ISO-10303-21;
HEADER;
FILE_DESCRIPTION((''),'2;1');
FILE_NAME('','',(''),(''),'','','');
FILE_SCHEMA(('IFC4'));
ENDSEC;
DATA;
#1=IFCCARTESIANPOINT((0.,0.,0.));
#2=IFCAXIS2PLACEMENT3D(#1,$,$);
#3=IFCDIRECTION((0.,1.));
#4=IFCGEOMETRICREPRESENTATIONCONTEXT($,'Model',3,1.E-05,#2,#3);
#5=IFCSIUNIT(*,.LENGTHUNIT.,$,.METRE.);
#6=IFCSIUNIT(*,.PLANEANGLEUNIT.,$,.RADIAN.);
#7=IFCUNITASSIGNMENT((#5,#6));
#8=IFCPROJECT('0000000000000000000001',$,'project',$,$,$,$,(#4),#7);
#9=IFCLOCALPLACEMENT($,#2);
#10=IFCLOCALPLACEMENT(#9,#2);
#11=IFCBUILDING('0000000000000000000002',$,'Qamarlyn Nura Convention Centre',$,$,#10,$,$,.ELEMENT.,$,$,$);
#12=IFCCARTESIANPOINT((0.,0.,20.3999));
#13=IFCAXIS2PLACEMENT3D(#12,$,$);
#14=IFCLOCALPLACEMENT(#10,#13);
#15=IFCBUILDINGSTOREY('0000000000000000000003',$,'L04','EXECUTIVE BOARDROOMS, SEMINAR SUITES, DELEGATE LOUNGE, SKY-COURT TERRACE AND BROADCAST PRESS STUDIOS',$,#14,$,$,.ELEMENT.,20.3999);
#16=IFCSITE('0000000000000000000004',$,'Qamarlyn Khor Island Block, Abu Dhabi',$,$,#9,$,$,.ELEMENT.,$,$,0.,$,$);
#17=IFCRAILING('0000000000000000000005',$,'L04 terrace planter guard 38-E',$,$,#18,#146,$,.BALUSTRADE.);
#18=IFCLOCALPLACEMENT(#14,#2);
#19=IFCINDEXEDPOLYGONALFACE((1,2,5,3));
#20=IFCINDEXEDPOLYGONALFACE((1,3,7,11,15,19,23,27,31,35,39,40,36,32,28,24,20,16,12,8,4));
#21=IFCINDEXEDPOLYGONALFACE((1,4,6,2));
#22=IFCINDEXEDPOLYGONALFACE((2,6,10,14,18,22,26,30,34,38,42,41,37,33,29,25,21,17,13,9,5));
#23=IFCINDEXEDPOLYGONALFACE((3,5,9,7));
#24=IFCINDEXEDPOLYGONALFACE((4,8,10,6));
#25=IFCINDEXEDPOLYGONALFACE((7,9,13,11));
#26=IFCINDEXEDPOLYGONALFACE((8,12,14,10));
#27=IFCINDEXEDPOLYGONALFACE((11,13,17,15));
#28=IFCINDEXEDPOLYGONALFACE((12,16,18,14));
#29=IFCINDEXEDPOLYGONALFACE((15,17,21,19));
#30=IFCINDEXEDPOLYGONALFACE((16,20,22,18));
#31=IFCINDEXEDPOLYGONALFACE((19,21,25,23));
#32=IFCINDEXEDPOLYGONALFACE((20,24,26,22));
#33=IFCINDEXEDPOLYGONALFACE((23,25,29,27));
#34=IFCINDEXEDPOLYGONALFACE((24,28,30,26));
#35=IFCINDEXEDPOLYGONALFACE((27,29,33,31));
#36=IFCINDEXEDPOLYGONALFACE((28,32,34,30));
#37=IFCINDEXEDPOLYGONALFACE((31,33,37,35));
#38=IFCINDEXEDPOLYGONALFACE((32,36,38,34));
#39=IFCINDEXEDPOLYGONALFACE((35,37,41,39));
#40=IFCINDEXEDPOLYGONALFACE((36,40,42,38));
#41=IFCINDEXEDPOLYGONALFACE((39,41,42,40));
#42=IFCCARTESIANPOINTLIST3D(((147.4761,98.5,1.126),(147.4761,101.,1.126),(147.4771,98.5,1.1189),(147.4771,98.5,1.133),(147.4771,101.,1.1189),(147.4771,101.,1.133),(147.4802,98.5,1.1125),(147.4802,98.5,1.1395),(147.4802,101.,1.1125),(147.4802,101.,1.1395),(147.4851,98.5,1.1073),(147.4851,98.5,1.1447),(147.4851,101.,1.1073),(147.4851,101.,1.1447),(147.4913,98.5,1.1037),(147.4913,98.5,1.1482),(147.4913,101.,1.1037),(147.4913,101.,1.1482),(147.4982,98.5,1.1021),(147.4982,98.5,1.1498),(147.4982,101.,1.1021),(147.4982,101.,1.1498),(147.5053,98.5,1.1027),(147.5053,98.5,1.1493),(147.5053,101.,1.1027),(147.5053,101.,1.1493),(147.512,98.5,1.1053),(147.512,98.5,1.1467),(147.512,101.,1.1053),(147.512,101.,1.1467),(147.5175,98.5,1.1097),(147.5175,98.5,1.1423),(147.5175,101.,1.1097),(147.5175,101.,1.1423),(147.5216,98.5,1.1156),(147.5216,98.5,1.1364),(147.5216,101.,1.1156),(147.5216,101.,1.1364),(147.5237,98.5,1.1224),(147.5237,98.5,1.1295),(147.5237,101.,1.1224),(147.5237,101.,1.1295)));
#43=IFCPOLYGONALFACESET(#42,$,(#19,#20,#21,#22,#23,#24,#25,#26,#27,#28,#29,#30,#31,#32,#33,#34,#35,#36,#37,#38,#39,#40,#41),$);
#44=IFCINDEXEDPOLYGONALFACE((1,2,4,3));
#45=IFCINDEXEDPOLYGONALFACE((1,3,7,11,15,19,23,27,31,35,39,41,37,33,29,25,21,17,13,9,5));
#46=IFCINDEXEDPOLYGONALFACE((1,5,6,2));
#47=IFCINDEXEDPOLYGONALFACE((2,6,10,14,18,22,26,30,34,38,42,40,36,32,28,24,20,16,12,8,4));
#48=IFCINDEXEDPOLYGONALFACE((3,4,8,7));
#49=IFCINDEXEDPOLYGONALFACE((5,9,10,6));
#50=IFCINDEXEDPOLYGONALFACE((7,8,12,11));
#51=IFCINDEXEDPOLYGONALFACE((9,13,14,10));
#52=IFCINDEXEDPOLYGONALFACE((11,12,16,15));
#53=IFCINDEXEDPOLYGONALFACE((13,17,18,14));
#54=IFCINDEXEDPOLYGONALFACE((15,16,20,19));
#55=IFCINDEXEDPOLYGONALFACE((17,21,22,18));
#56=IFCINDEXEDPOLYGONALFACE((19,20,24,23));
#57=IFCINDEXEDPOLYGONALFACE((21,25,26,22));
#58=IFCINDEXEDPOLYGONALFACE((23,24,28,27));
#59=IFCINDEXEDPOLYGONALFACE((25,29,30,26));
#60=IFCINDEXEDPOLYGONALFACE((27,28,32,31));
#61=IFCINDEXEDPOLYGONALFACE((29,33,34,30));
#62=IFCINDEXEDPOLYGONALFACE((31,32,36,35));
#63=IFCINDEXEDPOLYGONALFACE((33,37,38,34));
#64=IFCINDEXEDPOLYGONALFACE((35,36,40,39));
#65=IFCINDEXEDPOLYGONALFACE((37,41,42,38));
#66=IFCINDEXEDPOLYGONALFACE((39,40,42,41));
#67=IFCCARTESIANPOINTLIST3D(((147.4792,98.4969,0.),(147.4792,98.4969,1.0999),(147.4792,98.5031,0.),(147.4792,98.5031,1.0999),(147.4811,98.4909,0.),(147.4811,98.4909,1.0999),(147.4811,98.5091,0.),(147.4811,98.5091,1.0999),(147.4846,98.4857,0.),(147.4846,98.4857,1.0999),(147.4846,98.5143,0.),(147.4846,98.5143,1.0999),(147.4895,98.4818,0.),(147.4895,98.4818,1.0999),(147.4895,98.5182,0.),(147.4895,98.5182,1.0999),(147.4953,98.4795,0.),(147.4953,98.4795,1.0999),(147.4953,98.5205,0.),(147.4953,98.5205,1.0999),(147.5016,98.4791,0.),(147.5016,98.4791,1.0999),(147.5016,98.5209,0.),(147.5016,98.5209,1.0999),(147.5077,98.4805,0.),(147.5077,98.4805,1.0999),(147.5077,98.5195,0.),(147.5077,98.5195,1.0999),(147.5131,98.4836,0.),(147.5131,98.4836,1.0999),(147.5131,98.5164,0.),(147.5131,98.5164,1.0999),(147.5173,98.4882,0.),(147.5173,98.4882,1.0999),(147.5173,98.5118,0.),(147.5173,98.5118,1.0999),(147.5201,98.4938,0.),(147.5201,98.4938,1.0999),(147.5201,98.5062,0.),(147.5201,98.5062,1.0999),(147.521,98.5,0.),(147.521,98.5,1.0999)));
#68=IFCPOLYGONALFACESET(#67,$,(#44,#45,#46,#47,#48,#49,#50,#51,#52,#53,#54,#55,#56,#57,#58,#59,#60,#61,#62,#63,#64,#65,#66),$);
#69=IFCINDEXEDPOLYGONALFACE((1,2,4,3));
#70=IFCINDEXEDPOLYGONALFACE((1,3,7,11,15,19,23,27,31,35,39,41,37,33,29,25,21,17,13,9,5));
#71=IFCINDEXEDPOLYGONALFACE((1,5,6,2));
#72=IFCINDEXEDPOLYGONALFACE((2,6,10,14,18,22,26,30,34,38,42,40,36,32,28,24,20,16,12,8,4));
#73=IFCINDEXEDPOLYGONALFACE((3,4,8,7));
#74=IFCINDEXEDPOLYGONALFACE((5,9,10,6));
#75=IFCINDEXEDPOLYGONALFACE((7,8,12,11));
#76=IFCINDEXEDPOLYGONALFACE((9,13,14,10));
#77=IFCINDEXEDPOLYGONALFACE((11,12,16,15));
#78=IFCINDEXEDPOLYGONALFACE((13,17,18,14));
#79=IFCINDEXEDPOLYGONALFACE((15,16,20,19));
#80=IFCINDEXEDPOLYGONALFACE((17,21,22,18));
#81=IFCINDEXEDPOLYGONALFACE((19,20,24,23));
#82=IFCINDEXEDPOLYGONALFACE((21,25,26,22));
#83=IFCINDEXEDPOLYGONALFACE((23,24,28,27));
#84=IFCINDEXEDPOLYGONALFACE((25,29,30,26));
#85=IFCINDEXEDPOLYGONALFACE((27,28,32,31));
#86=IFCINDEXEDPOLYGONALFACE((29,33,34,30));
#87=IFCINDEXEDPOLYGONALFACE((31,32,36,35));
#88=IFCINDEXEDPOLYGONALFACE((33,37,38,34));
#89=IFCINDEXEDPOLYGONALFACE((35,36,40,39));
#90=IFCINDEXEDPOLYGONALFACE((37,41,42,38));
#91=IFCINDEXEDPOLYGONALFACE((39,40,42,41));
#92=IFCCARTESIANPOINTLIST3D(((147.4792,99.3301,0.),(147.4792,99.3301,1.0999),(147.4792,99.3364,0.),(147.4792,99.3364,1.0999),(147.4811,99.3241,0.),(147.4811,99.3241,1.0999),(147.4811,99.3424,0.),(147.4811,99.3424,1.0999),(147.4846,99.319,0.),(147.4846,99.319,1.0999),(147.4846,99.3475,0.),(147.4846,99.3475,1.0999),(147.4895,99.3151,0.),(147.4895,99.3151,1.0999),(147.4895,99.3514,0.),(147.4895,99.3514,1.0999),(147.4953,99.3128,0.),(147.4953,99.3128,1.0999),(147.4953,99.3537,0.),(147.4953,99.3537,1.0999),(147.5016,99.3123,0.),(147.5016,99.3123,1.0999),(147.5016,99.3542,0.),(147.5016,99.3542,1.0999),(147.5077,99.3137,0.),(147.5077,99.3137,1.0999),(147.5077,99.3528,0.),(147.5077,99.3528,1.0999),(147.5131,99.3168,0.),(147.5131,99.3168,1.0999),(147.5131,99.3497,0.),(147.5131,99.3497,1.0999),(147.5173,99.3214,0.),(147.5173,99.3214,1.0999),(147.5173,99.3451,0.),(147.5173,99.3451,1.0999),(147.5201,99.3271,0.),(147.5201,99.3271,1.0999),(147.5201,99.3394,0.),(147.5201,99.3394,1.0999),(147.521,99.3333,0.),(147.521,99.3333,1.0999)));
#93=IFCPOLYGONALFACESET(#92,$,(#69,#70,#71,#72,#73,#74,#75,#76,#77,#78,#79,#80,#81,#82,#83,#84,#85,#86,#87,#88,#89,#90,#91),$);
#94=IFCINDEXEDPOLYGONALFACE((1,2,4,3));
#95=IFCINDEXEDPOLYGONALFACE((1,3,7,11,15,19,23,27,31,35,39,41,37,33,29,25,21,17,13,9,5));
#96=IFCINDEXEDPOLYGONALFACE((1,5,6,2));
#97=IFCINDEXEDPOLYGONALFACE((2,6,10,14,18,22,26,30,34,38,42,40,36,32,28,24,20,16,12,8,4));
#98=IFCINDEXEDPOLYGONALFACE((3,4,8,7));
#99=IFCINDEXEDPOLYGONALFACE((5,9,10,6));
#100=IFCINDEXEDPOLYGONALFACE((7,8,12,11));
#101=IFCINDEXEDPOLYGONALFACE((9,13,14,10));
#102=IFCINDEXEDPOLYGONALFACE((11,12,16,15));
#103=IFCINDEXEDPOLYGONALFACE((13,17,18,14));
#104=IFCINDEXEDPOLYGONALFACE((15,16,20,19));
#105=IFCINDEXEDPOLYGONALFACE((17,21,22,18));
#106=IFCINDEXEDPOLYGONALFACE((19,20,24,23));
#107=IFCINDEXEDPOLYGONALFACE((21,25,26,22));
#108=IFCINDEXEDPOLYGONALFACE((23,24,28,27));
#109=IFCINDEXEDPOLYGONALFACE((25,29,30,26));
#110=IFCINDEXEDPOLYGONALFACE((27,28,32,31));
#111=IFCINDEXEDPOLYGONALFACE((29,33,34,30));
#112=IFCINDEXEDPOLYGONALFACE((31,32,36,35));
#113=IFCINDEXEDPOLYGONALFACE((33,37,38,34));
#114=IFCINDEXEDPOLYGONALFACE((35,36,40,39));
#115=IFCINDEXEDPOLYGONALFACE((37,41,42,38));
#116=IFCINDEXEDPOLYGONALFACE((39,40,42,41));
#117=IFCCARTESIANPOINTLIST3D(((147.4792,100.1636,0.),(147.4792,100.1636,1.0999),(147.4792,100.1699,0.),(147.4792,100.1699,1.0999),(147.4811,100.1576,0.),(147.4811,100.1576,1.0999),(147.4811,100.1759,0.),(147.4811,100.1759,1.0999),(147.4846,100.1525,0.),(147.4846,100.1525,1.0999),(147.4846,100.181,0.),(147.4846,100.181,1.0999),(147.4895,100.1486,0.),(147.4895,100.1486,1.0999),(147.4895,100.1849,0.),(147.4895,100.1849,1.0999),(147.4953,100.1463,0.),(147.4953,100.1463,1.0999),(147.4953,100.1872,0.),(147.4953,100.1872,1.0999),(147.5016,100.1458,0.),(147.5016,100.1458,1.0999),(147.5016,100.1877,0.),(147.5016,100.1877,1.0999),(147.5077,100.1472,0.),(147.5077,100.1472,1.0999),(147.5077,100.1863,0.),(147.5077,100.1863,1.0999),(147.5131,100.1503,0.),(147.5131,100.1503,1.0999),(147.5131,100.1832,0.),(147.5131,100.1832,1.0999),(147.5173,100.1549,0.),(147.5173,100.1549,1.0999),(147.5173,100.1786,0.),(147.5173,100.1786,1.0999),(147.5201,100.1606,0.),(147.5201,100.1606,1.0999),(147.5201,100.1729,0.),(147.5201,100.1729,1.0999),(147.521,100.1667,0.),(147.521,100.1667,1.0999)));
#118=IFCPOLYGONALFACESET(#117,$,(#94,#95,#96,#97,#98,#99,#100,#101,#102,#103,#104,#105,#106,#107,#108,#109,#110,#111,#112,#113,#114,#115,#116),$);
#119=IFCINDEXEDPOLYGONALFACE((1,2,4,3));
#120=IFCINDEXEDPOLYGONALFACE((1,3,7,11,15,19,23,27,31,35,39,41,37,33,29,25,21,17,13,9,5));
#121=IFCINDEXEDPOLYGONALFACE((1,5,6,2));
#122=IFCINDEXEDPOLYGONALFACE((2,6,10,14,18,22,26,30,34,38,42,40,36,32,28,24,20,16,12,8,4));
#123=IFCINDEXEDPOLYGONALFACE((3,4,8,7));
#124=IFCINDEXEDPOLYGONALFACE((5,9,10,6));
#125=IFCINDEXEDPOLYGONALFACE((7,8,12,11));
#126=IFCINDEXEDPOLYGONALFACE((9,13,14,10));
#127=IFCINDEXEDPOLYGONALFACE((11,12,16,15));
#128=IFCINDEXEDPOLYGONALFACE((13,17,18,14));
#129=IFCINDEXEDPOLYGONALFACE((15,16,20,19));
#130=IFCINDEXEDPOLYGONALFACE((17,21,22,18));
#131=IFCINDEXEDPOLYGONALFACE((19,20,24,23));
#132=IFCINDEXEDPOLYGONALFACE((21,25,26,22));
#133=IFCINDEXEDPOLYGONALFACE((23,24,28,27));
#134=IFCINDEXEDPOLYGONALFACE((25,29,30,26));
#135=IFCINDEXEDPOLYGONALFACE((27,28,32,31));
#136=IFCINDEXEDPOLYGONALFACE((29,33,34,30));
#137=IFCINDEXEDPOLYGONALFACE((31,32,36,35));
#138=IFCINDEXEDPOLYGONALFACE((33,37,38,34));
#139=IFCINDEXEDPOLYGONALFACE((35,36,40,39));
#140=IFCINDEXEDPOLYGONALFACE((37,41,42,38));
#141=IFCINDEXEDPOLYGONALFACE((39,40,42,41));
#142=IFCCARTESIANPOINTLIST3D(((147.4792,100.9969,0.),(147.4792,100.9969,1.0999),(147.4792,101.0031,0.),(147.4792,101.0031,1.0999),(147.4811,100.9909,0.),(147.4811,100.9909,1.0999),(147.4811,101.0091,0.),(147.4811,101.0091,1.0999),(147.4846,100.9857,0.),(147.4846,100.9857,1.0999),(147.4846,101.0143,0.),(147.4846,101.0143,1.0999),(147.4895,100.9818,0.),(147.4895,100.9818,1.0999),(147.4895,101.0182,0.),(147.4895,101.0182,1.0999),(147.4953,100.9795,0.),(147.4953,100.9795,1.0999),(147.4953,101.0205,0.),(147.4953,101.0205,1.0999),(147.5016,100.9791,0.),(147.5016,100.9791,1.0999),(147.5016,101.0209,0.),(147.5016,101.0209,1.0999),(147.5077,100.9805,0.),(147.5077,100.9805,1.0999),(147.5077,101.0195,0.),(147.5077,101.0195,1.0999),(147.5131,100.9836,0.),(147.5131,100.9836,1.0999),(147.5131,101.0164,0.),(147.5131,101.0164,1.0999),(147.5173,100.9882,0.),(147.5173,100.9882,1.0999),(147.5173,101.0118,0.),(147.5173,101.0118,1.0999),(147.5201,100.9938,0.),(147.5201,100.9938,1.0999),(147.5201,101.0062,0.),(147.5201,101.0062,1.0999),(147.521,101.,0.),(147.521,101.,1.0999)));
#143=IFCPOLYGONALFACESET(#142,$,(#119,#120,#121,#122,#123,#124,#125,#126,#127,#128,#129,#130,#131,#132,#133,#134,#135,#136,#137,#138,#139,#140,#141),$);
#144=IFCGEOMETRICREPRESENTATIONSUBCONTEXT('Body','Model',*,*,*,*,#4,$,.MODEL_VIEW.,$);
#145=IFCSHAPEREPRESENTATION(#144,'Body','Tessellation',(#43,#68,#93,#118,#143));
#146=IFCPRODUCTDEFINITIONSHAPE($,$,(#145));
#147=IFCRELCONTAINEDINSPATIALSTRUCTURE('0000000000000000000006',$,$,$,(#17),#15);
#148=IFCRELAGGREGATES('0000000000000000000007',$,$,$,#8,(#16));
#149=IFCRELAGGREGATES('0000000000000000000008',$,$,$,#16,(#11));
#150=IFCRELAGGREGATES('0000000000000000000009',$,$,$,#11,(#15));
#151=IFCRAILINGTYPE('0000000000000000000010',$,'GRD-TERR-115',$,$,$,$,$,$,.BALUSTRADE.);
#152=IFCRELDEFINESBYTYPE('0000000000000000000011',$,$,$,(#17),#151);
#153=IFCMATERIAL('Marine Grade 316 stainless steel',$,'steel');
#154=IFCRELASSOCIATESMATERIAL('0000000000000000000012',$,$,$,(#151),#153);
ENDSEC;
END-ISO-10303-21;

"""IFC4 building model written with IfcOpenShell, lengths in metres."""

from ifc_helpers import new_model, si_unit, direction, frame, origin, origin_2d, place, context, subcontext, project, spatial, circle, extrude, material, type_object, element, save


model = new_model("IFC4")

# Units and contexts
model_context = context("Model", 3, precision=1e-05, world=origin(), true_north=direction((0.0, 1.0)))
body_context = subcontext(model_context, "Body", "Model", "MODEL_VIEW")
ifc_project = project(units=[si_unit("LENGTHUNIT", "METRE"), si_unit("PLANEANGLEUNIT", "RADIAN")], contexts=[model_context])

# Site, building, storey
site_placement = place(None, origin())
site = spatial("IfcSite", under=ifc_project, at=site_placement, Name="Qamarlyn Khor Island Block, Abu Dhabi", CompositionType="ELEMENT", RefElevation=0.0)
building_placement = place(site_placement, origin())
building = spatial("IfcBuilding", under=site, at=building_placement, Name="Qamarlyn Nura Convention Centre", CompositionType="ELEMENT")
storey_placement = place(building_placement, frame((0.0, 0.0, 20.3999)))
storey = spatial("IfcBuildingStorey", under=building, at=storey_placement, Name="L04", Description="EXECUTIVE BOARDROOMS, SEMINAR SUITES, DELEGATE LOUNGE, SKY-COURT TERRACE AND BROADCAST PRESS STUDIOS", CompositionType="ELEMENT", Elevation=20.3999)

# Railing
ifc_material_1 = material(Name="Marine Grade 316 stainless steel", Category="steel")
railing_type_1 = type_object("IfcRailingType", Name="GRD-TERR-115", PredefinedType="BALUSTRADE", material=ifc_material_1)
railing_1_placement = place(storey_placement, frame((147.5, 98.5, 0.0)))
element("IfcRailing", 1, at=railing_1_placement, inside=storey, type_object=railing_type_1, Name="L04 terrace planter guard 38-E", PredefinedType="BALUSTRADE", context=body_context, shape_type="SweptSolid", body=[
    extrude(circle(Radius=0.0239, at=origin_2d()), frame((0.0, 0.0, 1.126), z_axis=(0.0, 1.0, 0.0), x_axis=(-1.0, 0.0, 0.0)), (0.0, 0.0, 1.0), 2.5),
    extrude(circle(Radius=0.021, at=origin_2d()), origin(), (0.0, 0.0, 1.0), 1.0999),
    extrude(circle(Radius=0.021, at=origin_2d()), frame((0.0, 0.8333, 0.0)), (0.0, 0.0, 1.0), 1.0999),
    extrude(circle(Radius=0.021, at=origin_2d()), frame((0.0, 1.6667, 0.0)), (0.0, 0.0, 1.0), 1.0999),
    extrude(circle(Radius=0.021, at=origin_2d()), frame((0.0, 2.5, 0.0)), (0.0, 0.0, 1.0), 1.0999),
])

save(model, "model.ifc")
